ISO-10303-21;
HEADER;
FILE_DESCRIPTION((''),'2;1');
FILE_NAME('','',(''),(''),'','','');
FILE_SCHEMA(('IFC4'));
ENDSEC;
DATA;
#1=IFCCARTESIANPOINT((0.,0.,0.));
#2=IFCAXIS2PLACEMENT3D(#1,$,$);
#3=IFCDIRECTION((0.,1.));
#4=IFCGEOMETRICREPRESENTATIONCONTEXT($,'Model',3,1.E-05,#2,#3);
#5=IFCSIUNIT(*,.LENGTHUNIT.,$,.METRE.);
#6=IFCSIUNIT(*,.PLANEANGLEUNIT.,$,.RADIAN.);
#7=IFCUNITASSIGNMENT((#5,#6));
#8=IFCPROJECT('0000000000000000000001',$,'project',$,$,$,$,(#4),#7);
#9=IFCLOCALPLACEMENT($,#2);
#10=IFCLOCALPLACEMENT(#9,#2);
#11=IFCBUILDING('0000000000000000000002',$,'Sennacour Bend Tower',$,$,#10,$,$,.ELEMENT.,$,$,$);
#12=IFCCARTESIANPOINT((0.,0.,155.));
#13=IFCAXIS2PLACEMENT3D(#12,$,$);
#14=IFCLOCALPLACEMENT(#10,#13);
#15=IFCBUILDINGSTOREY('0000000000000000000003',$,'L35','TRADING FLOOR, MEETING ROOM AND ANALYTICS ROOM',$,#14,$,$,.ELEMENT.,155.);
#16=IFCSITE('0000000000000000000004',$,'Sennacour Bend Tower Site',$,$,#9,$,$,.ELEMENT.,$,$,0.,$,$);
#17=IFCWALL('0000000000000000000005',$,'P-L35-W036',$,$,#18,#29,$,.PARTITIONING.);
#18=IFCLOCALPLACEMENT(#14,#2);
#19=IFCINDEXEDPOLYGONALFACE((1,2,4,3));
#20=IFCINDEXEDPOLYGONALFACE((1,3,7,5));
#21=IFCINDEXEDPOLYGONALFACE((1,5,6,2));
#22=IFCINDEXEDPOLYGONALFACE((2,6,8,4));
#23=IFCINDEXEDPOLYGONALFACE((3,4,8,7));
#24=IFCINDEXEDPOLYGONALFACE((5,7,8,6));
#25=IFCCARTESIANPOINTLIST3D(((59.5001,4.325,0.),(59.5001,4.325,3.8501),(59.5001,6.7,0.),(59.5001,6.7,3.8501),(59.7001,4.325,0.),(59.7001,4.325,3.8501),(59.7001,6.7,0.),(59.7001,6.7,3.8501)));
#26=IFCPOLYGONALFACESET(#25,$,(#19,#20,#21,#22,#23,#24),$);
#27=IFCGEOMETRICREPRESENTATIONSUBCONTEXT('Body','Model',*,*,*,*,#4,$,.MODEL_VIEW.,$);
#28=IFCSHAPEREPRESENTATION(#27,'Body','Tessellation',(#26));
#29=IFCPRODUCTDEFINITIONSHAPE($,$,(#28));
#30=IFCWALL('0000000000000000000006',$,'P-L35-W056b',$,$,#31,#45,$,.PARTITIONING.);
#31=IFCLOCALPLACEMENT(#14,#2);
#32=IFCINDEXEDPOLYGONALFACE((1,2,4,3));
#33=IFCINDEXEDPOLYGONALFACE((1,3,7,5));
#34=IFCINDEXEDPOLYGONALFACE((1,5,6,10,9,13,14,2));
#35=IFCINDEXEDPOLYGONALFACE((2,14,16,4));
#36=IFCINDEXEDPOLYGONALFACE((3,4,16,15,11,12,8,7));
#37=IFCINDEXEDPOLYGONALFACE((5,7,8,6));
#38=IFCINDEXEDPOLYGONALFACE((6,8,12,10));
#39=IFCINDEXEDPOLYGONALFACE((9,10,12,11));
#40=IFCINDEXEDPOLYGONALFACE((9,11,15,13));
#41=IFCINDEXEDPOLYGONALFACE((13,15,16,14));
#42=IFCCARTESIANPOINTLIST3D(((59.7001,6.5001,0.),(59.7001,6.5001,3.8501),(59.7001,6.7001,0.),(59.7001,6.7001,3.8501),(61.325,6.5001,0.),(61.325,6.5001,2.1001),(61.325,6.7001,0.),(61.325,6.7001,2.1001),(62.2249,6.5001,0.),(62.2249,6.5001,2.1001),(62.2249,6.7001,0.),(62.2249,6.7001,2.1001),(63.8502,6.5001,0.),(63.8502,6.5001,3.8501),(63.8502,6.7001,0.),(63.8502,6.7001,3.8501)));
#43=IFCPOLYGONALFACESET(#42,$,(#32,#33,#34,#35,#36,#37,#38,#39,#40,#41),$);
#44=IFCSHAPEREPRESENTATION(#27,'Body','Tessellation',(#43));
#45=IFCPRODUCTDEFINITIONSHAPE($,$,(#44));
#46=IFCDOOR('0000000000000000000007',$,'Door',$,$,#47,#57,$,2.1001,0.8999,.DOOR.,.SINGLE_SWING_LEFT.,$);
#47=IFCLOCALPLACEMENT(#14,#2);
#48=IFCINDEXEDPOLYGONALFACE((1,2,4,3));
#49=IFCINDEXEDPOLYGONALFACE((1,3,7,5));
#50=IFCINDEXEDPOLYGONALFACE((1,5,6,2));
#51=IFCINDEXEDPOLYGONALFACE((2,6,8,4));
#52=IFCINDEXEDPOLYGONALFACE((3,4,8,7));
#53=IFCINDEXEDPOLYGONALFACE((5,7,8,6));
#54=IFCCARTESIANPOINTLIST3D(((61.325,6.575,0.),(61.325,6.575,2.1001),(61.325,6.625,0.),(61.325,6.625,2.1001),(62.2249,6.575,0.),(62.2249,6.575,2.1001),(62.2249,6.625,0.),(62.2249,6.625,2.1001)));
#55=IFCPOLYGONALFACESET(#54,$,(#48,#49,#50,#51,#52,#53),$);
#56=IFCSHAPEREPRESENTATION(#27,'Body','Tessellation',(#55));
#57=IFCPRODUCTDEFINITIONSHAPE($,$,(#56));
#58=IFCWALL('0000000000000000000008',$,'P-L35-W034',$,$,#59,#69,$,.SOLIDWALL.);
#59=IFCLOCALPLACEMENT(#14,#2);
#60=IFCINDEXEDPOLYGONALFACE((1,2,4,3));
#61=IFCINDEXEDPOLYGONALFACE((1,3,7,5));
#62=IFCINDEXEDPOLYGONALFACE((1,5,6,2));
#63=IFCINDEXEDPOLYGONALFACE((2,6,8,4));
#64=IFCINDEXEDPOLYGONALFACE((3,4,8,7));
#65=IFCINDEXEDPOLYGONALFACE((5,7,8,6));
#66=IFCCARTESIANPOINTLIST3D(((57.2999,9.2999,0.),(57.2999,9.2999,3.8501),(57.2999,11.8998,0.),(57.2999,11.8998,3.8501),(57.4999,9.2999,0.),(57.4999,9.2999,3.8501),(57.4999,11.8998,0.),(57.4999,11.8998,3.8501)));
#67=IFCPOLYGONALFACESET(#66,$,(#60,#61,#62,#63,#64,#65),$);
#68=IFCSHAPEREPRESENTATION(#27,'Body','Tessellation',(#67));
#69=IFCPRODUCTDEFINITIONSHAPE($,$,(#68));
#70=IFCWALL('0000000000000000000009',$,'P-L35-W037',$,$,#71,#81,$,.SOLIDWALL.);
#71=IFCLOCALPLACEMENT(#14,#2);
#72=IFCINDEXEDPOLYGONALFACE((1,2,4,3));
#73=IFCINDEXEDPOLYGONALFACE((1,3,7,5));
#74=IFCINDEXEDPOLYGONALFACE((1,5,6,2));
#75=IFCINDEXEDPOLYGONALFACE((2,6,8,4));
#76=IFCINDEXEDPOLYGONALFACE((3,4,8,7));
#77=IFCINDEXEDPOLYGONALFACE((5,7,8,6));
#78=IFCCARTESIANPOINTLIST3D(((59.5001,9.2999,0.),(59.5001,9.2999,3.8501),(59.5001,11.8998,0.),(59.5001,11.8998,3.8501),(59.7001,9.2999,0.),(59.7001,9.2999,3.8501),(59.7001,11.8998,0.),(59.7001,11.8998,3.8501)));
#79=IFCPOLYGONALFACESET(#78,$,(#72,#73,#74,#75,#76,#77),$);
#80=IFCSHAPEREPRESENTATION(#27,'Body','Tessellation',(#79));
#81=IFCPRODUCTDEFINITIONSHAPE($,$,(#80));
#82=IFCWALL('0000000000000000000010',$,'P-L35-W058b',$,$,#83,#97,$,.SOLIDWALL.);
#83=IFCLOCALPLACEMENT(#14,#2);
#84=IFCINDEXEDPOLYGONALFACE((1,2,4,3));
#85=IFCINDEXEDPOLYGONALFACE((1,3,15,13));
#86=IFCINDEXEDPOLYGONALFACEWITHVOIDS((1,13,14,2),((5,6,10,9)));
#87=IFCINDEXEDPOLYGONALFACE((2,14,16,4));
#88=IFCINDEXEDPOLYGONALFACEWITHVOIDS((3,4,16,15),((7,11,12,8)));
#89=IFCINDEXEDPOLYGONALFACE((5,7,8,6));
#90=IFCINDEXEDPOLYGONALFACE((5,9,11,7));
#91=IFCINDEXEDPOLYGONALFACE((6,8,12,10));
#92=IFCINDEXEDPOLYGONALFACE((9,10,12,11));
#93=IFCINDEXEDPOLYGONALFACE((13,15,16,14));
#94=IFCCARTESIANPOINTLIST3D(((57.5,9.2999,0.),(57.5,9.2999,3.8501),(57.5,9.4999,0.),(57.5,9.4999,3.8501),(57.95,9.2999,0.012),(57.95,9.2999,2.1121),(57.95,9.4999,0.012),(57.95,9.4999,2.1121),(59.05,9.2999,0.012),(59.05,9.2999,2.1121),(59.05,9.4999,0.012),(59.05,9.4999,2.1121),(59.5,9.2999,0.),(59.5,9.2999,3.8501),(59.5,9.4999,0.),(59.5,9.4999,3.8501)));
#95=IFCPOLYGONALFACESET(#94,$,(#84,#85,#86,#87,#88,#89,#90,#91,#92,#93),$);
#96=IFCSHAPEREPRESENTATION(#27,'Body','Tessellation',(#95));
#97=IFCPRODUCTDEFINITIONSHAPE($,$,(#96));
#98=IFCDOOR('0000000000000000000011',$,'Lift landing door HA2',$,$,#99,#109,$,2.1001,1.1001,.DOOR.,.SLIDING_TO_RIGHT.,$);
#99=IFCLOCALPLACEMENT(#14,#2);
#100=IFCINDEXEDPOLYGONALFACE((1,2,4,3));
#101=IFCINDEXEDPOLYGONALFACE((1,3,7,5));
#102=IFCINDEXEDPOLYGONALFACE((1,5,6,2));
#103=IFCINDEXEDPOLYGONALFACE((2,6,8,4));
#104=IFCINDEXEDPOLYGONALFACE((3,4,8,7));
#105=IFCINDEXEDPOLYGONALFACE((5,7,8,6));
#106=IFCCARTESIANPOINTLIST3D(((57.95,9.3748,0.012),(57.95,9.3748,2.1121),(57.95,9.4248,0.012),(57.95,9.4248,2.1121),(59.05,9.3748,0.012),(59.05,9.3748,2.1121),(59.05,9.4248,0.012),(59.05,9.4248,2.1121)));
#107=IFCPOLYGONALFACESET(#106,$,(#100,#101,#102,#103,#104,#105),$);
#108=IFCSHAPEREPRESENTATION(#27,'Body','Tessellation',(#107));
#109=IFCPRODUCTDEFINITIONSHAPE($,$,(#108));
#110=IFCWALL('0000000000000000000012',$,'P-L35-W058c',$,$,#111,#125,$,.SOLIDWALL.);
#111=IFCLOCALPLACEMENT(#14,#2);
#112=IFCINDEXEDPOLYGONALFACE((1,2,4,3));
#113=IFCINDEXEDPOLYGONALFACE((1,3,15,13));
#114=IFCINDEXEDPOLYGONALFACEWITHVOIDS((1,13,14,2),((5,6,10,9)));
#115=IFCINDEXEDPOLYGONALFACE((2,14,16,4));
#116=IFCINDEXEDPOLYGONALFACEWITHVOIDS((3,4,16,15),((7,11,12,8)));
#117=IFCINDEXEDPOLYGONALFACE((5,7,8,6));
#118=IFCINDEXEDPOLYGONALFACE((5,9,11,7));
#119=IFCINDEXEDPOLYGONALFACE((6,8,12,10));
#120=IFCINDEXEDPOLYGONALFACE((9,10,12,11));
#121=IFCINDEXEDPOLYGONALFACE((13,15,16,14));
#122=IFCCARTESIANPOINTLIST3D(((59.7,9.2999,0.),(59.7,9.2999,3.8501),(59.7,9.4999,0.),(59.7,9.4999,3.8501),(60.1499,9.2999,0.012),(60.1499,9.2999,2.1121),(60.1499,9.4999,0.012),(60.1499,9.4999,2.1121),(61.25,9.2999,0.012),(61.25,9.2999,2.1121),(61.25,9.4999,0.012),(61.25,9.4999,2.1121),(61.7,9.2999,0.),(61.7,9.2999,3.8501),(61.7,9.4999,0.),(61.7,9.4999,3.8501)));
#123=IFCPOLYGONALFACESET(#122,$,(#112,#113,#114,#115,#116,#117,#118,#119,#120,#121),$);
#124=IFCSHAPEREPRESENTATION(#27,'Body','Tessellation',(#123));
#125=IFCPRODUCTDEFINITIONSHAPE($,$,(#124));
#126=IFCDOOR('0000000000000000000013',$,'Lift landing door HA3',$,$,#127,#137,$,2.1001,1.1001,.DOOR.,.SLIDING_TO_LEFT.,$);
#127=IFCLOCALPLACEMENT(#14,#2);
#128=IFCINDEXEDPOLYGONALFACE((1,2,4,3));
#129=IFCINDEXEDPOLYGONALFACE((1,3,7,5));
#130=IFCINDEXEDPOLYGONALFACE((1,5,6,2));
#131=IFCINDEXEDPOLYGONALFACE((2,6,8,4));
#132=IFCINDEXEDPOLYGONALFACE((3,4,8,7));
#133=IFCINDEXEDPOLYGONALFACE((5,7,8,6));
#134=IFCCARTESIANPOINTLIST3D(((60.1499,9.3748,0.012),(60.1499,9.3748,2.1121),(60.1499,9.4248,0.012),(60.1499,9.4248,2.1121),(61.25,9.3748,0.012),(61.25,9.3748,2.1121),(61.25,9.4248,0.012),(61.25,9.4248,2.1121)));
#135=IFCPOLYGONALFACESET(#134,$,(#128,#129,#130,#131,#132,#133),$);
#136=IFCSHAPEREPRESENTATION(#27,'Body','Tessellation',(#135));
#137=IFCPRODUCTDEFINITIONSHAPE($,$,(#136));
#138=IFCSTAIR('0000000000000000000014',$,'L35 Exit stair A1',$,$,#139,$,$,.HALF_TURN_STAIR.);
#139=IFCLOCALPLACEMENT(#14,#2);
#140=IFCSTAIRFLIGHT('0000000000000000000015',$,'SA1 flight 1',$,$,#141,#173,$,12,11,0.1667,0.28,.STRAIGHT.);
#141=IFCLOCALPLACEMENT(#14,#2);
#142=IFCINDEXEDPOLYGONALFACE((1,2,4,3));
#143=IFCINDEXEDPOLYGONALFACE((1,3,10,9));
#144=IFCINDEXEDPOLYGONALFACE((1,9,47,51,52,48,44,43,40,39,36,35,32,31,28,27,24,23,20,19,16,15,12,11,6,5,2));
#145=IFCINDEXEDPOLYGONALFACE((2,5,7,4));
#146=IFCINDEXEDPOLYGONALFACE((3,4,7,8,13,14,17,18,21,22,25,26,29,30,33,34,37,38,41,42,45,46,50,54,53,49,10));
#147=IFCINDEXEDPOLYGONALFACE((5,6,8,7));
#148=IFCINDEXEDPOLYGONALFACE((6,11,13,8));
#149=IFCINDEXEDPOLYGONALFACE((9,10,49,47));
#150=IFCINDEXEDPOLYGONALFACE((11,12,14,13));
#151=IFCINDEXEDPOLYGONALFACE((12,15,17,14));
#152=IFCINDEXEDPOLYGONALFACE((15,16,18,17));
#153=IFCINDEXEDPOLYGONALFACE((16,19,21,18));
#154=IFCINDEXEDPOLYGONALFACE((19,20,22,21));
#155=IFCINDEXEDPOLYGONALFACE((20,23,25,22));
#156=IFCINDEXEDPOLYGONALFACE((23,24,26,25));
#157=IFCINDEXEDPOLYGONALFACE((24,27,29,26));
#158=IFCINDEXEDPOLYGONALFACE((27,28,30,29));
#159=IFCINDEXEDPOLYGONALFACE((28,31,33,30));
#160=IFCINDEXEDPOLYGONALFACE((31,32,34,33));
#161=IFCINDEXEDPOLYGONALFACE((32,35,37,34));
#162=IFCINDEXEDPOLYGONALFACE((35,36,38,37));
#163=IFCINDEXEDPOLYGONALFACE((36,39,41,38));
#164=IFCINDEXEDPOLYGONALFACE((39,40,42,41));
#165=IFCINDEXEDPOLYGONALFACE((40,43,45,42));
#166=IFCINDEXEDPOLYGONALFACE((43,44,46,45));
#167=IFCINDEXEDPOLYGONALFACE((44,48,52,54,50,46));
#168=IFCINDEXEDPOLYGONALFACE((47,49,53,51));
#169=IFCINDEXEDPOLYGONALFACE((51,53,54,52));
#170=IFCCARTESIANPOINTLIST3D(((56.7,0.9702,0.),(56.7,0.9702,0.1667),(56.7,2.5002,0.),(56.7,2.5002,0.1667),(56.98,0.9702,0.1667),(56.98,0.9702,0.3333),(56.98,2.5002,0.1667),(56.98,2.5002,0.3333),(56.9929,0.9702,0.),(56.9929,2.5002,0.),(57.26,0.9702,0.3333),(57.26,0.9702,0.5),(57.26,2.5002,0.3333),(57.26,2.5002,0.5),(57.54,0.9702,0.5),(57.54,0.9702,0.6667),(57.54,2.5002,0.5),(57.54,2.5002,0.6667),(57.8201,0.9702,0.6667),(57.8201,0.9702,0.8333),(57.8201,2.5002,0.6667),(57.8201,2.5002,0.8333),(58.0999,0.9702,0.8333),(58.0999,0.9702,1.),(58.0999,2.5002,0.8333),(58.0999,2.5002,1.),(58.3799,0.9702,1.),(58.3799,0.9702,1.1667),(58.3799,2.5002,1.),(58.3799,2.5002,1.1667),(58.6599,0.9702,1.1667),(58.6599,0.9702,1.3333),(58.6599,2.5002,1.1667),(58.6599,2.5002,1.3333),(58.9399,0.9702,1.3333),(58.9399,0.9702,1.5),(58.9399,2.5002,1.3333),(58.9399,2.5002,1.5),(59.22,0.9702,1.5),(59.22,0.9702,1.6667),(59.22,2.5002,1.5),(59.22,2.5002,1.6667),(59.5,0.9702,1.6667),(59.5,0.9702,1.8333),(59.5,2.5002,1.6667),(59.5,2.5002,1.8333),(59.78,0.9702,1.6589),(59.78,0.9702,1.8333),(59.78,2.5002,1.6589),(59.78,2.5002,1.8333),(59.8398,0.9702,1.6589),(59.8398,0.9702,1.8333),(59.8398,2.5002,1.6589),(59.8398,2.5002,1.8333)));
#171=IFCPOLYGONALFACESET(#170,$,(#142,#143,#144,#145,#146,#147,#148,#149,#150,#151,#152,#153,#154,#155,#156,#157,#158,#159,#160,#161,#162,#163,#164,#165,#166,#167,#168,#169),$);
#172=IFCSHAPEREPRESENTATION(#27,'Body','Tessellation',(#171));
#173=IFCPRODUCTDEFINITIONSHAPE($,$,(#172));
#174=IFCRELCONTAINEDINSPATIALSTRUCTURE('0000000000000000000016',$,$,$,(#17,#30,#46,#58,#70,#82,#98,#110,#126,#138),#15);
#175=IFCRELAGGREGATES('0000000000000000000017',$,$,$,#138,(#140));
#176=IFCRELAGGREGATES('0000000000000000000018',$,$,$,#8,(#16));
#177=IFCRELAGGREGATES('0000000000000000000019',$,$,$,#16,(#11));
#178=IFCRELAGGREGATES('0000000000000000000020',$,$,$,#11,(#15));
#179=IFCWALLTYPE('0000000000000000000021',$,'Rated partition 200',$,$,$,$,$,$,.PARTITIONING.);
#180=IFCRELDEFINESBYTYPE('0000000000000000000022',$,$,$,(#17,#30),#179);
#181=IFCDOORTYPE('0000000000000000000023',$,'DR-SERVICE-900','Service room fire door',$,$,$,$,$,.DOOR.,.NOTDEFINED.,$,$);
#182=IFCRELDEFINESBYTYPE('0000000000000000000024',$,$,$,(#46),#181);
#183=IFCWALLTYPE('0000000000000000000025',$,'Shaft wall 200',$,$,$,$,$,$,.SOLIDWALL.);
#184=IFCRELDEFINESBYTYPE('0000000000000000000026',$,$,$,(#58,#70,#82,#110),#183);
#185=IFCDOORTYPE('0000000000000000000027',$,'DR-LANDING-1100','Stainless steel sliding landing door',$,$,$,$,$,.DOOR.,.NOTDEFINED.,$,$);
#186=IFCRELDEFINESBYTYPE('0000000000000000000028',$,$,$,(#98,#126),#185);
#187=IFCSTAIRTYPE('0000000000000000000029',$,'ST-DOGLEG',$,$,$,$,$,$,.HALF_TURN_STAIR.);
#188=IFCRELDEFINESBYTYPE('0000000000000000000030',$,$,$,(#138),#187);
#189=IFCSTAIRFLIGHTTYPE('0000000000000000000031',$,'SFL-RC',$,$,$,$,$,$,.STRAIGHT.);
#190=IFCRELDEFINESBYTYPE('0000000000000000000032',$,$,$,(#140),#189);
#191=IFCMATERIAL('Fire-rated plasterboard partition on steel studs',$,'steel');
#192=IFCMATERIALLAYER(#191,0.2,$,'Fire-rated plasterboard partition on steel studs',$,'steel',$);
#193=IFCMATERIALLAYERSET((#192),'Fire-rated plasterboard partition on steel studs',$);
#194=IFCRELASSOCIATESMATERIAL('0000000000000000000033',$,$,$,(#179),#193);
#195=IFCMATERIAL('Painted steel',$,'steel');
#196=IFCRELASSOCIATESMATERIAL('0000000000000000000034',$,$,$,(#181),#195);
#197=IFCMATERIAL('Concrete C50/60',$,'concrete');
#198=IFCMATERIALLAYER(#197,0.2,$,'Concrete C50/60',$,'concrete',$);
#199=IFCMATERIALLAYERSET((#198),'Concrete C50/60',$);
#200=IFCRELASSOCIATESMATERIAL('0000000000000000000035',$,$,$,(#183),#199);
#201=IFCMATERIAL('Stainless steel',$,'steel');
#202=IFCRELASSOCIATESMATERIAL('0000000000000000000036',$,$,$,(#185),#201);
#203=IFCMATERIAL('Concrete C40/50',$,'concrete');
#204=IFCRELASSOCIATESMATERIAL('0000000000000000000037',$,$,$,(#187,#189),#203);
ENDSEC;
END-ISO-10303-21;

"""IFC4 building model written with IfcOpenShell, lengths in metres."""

from ifc_helpers import new_model, si_unit, direction, frame, frame_2d, origin, place, context, subcontext, project, spatial, polyline, rectangle, outline, extrude, material, layer, layer_set, type_object, element, fill, aggregate, save


model = new_model("IFC4")

# Units and contexts
model_context = context("Model", 3, precision=1e-05, world=origin(), true_north=direction((0.0, 1.0)))
body_context = subcontext(model_context, "Body", "Model", "MODEL_VIEW")
ifc_project = project(units=[si_unit("LENGTHUNIT", "METRE"), si_unit("PLANEANGLEUNIT", "RADIAN")], contexts=[model_context])

# Site, building, storey
site_placement = place(None, origin())
site = spatial("IfcSite", under=ifc_project, at=site_placement, Name="Sennacour Bend Tower Site", CompositionType="ELEMENT", RefElevation=0.0)
building_placement = place(site_placement, origin())
building = spatial("IfcBuilding", under=site, at=building_placement, Name="Sennacour Bend Tower", CompositionType="ELEMENT")
storey_placement = place(building_placement, frame((0.0, 0.0, 155.0)))
storey = spatial("IfcBuildingStorey", under=building, at=storey_placement, Name="L35", Description="TRADING FLOOR, MEETING ROOM AND ANALYTICS ROOM", CompositionType="ELEMENT", Elevation=155.0)

# Wall
ifc_material_1 = material(Name="Fire-rated plasterboard partition on steel studs", Category="steel")
ifc_layer_1 = layer(ifc_material_1, 0.2, Name="Fire-rated plasterboard partition on steel studs", Category="steel")
ifc_layer_set_1 = layer_set([ifc_layer_1], Name="Fire-rated plasterboard partition on steel studs")
wall_type_1 = type_object("IfcWallType", Name="Rated partition 200", PredefinedType="PARTITIONING", material=ifc_layer_set_1)
wall_1_placement = place(storey_placement, frame((59.6001, 4.325, 0.0), z_axis=(0.0, 0.0, 1.0), x_axis=(0.0, 1.0, 0.0)))
element("IfcWall", 1, at=wall_1_placement, inside=storey, type_object=wall_type_1, Name="P-L35-W036", PredefinedType="PARTITIONING", context=body_context, shape_type="SweptSolid", body=[
    extrude(rectangle(XDim=2.375, YDim=0.2, at=frame_2d((1.1875, 0.0))), origin(), (0.0, 0.0, 1.0), 3.8501),
])

# Wall, opening, door
wall_2_placement = place(storey_placement, frame((59.7, 6.6001, 0.0), z_axis=(0.0, 0.0, 1.0), x_axis=(1.0, 0.0, 0.0)))
wall_2 = element("IfcWall", 2, at=wall_2_placement, inside=storey, type_object=wall_type_1, Name="P-L35-W056b", PredefinedType="PARTITIONING", context=body_context, shape_type="SweptSolid", body=[
    extrude(rectangle(XDim=4.1501, YDim=0.2, at=frame_2d((2.0752, 0.0))), origin(), (0.0, 0.0, 1.0), 3.8501),
])
opening_1_placement = place(wall_2_placement, frame((1.625, 0.0, 0.0)))
opening_1 = element("IfcOpeningElement", 3, at=opening_1_placement, cuts=wall_2, PredefinedType="OPENING", context=body_context, shape_type="SweptSolid", body=[
    extrude(rectangle(XDim=0.8999, YDim=2.1001, at=frame_2d((0.45, 1.05))), frame((0.0, 0.1099, 0.0), z_axis=(0.0, -1.0, 0.0), x_axis=(1.0, 0.0, 0.0)), (0.0, 0.0, 1.0), 0.22),
])
ifc_material_2 = material(Name="Painted steel", Category="steel")
door_type_1 = type_object("IfcDoorType", Name="DR-SERVICE-900", Description="Service room fire door", OperationType="NOTDEFINED", PredefinedType="DOOR", material=ifc_material_2)
door_1_placement = place(opening_1_placement, origin())
door_1 = element("IfcDoor", 4, at=door_1_placement, inside=storey, type_object=door_type_1, Name="Door", OperationType="SINGLE_SWING_LEFT", OverallHeight=2.1001, OverallWidth=0.8999, PredefinedType="DOOR", context=body_context, shape_type="SweptSolid", body=[
    extrude(rectangle(XDim=0.8999, YDim=2.1001, at=frame_2d((0.45, 1.05))), frame((0.0, 0.0249, 0.0), z_axis=(0.0, -1.0, 0.0), x_axis=(1.0, 0.0, 0.0)), (0.0, 0.0, 1.0), 0.05),
])
fill(opening_1, door_1)

# Walls
ifc_material_3 = material(Name="Concrete C50/60", Category="concrete")
ifc_layer_2 = layer(ifc_material_3, 0.2, Name="Concrete C50/60", Category="concrete")
ifc_layer_set_2 = layer_set([ifc_layer_2], Name="Concrete C50/60")
wall_type_2 = type_object("IfcWallType", Name="Shaft wall 200", PredefinedType="SOLIDWALL", material=ifc_layer_set_2)
for number, where, z_axis, x_axis, name in (
    (5, (57.3999, 9.3, 0.0), (0.0, 0.0, 1.0), (0.0, 1.0, 0.0), "P-L35-W034"),
    (6, (59.6001, 9.3, 0.0), (0.0, 0.0, 1.0), (0.0, 1.0, 0.0), "P-L35-W037"),
):
    element("IfcWall", number, at=place(storey_placement, frame(where, z_axis=z_axis, x_axis=x_axis)), inside=storey, type_object=wall_type_2, Name=name, PredefinedType="SOLIDWALL", context=body_context, shape_type="SweptSolid", body=[
        extrude(rectangle(XDim=2.5999, YDim=0.2, at=frame_2d((1.2998, 0.0))), origin(), (0.0, 0.0, 1.0), 3.8501),
    ])

# Walls, openings, doors
wall_3_placement = place(storey_placement, frame((57.5, 9.3999, 0.0), z_axis=(0.0, 0.0, 1.0), x_axis=(1.0, 0.0, 0.0)))
wall_3 = element("IfcWall", 7, at=wall_3_placement, inside=storey, type_object=wall_type_2, Name="P-L35-W058b", PredefinedType="SOLIDWALL", context=body_context, shape_type="SweptSolid", body=[
    extrude(rectangle(XDim=2.0, YDim=0.2, at=frame_2d((1.0, 0.0))), origin(), (0.0, 0.0, 1.0), 3.8501),
])
opening_2_placement = place(wall_3_placement, frame((0.45, 0.0, 0.012)))
opening_2 = element("IfcOpeningElement", 8, at=opening_2_placement, cuts=wall_3, PredefinedType="OPENING", context=body_context, shape_type="SweptSolid", body=[
    extrude(rectangle(XDim=1.1001, YDim=2.1001, at=frame_2d((0.55, 1.05))), frame((0.0, 0.1099, 0.0), z_axis=(0.0, -1.0, 0.0), x_axis=(1.0, 0.0, 0.0)), (0.0, 0.0, 1.0), 0.22),
])
ifc_material_4 = material(Name="Stainless steel", Category="steel")
door_type_2 = type_object("IfcDoorType", Name="DR-LANDING-1100", Description="Stainless steel sliding landing door", OperationType="NOTDEFINED", PredefinedType="DOOR", material=ifc_material_4)
door_2_placement = place(opening_2_placement, origin())
door_2 = element("IfcDoor", 9, at=door_2_placement, inside=storey, type_object=door_type_2, Name="Lift landing door HA2", OperationType="SLIDING_TO_RIGHT", OverallHeight=2.1001, OverallWidth=1.1001, PredefinedType="DOOR", context=body_context, shape_type="SweptSolid", body=[
    extrude(rectangle(XDim=1.1001, YDim=2.1001, at=frame_2d((0.55, 1.05))), frame((0.0, 0.0249, 0.0), z_axis=(0.0, -1.0, 0.0), x_axis=(1.0, 0.0, 0.0)), (0.0, 0.0, 1.0), 0.05),
])
fill(opening_2, door_2)
wall_4_placement = place(storey_placement, frame((59.7, 9.3999, 0.0), z_axis=(0.0, 0.0, 1.0), x_axis=(1.0, 0.0, 0.0)))
wall_4 = element("IfcWall", 10, at=wall_4_placement, inside=storey, type_object=wall_type_2, Name="P-L35-W058c", PredefinedType="SOLIDWALL", context=body_context, shape_type="SweptSolid", body=[
    extrude(rectangle(XDim=2.0, YDim=0.2, at=frame_2d((1.0, 0.0))), origin(), (0.0, 0.0, 1.0), 3.8501),
])
opening_3_placement = place(wall_4_placement, frame((0.45, 0.0, 0.012)))
opening_3 = element("IfcOpeningElement", 11, at=opening_3_placement, cuts=wall_4, PredefinedType="OPENING", context=body_context, shape_type="SweptSolid", body=[
    extrude(rectangle(XDim=1.1001, YDim=2.1001, at=frame_2d((0.55, 1.05))), frame((0.0, 0.1099, 0.0), z_axis=(0.0, -1.0, 0.0), x_axis=(1.0, 0.0, 0.0)), (0.0, 0.0, 1.0), 0.22),
])
door_3_placement = place(opening_3_placement, origin())
door_3 = element("IfcDoor", 12, at=door_3_placement, inside=storey, type_object=door_type_2, Name="Lift landing door HA3", OperationType="SLIDING_TO_LEFT", OverallHeight=2.1001, OverallWidth=1.1001, PredefinedType="DOOR", context=body_context, shape_type="SweptSolid", body=[
    extrude(rectangle(XDim=1.1001, YDim=2.1001, at=frame_2d((0.55, 1.05))), frame((0.0, 0.0249, 0.0), z_axis=(0.0, -1.0, 0.0), x_axis=(1.0, 0.0, 0.0)), (0.0, 0.0, 1.0), 0.05),
])
fill(opening_3, door_3)

# Stair, stair flight
ifc_material_5 = material(Name="Concrete C40/50", Category="concrete")
stair_type = type_object("IfcStairType", Name="ST-DOGLEG", PredefinedType="HALF_TURN_STAIR", material=ifc_material_5)
stair_placement = place(storey_placement, origin())
stair = element("IfcStair", 13, at=stair_placement, inside=storey, type_object=stair_type, Name="L35 Exit stair A1", PredefinedType="HALF_TURN_STAIR")
stair_flight_type = type_object("IfcStairFlightType", Name="SFL-RC", PredefinedType="STRAIGHT", material=ifc_material_5)
stair_flight_placement = place(storey_placement, frame((56.7, 1.7351, 0.0), z_axis=(0.0, 0.0, 1.0), x_axis=(1.0, 0.0, 0.0)))
stair_flight = element("IfcStairFlight", 14, at=stair_flight_placement, type_object=stair_flight_type, Name="SA1 flight 1", NumberOfRisers=12, NumberOfTreads=11, PredefinedType="STRAIGHT", RiserHeight=0.1667, TreadLength=0.28, context=body_context, shape_type="SweptSolid", body=[
    extrude(outline(polyline([(0.0, 0.0), (0.0, 0.1667), (0.28, 0.1667), (0.28, 0.3333), (0.5601, 0.3333), (0.5601, 0.5), (0.8401, 0.5), (0.8401, 0.6667), (1.1201, 0.6667), (1.1201, 0.8333), (1.3999, 0.8333), (1.3999, 1.0), (1.6799, 1.0), (1.6799, 1.1667), (1.96, 1.1667), (1.96, 1.3333), (2.24, 1.3333), (2.24, 1.5), (2.52, 1.5), (2.52, 1.6667), (2.8, 1.6667), (2.8, 1.8333), (3.0801, 1.8333), (3.1399, 1.8333), (3.1399, 1.6589), (3.0801, 1.6589), (0.293, 0.0), (0.0, 0.0)])), frame((0.0, 0.7651, 0.0), z_axis=(0.0, -1.0, 0.0), x_axis=(1.0, 0.0, 0.0)), (0.0, 0.0, 1.0), 1.53),
])
aggregate(stair, [stair_flight])

save(model, "model.ifc")
